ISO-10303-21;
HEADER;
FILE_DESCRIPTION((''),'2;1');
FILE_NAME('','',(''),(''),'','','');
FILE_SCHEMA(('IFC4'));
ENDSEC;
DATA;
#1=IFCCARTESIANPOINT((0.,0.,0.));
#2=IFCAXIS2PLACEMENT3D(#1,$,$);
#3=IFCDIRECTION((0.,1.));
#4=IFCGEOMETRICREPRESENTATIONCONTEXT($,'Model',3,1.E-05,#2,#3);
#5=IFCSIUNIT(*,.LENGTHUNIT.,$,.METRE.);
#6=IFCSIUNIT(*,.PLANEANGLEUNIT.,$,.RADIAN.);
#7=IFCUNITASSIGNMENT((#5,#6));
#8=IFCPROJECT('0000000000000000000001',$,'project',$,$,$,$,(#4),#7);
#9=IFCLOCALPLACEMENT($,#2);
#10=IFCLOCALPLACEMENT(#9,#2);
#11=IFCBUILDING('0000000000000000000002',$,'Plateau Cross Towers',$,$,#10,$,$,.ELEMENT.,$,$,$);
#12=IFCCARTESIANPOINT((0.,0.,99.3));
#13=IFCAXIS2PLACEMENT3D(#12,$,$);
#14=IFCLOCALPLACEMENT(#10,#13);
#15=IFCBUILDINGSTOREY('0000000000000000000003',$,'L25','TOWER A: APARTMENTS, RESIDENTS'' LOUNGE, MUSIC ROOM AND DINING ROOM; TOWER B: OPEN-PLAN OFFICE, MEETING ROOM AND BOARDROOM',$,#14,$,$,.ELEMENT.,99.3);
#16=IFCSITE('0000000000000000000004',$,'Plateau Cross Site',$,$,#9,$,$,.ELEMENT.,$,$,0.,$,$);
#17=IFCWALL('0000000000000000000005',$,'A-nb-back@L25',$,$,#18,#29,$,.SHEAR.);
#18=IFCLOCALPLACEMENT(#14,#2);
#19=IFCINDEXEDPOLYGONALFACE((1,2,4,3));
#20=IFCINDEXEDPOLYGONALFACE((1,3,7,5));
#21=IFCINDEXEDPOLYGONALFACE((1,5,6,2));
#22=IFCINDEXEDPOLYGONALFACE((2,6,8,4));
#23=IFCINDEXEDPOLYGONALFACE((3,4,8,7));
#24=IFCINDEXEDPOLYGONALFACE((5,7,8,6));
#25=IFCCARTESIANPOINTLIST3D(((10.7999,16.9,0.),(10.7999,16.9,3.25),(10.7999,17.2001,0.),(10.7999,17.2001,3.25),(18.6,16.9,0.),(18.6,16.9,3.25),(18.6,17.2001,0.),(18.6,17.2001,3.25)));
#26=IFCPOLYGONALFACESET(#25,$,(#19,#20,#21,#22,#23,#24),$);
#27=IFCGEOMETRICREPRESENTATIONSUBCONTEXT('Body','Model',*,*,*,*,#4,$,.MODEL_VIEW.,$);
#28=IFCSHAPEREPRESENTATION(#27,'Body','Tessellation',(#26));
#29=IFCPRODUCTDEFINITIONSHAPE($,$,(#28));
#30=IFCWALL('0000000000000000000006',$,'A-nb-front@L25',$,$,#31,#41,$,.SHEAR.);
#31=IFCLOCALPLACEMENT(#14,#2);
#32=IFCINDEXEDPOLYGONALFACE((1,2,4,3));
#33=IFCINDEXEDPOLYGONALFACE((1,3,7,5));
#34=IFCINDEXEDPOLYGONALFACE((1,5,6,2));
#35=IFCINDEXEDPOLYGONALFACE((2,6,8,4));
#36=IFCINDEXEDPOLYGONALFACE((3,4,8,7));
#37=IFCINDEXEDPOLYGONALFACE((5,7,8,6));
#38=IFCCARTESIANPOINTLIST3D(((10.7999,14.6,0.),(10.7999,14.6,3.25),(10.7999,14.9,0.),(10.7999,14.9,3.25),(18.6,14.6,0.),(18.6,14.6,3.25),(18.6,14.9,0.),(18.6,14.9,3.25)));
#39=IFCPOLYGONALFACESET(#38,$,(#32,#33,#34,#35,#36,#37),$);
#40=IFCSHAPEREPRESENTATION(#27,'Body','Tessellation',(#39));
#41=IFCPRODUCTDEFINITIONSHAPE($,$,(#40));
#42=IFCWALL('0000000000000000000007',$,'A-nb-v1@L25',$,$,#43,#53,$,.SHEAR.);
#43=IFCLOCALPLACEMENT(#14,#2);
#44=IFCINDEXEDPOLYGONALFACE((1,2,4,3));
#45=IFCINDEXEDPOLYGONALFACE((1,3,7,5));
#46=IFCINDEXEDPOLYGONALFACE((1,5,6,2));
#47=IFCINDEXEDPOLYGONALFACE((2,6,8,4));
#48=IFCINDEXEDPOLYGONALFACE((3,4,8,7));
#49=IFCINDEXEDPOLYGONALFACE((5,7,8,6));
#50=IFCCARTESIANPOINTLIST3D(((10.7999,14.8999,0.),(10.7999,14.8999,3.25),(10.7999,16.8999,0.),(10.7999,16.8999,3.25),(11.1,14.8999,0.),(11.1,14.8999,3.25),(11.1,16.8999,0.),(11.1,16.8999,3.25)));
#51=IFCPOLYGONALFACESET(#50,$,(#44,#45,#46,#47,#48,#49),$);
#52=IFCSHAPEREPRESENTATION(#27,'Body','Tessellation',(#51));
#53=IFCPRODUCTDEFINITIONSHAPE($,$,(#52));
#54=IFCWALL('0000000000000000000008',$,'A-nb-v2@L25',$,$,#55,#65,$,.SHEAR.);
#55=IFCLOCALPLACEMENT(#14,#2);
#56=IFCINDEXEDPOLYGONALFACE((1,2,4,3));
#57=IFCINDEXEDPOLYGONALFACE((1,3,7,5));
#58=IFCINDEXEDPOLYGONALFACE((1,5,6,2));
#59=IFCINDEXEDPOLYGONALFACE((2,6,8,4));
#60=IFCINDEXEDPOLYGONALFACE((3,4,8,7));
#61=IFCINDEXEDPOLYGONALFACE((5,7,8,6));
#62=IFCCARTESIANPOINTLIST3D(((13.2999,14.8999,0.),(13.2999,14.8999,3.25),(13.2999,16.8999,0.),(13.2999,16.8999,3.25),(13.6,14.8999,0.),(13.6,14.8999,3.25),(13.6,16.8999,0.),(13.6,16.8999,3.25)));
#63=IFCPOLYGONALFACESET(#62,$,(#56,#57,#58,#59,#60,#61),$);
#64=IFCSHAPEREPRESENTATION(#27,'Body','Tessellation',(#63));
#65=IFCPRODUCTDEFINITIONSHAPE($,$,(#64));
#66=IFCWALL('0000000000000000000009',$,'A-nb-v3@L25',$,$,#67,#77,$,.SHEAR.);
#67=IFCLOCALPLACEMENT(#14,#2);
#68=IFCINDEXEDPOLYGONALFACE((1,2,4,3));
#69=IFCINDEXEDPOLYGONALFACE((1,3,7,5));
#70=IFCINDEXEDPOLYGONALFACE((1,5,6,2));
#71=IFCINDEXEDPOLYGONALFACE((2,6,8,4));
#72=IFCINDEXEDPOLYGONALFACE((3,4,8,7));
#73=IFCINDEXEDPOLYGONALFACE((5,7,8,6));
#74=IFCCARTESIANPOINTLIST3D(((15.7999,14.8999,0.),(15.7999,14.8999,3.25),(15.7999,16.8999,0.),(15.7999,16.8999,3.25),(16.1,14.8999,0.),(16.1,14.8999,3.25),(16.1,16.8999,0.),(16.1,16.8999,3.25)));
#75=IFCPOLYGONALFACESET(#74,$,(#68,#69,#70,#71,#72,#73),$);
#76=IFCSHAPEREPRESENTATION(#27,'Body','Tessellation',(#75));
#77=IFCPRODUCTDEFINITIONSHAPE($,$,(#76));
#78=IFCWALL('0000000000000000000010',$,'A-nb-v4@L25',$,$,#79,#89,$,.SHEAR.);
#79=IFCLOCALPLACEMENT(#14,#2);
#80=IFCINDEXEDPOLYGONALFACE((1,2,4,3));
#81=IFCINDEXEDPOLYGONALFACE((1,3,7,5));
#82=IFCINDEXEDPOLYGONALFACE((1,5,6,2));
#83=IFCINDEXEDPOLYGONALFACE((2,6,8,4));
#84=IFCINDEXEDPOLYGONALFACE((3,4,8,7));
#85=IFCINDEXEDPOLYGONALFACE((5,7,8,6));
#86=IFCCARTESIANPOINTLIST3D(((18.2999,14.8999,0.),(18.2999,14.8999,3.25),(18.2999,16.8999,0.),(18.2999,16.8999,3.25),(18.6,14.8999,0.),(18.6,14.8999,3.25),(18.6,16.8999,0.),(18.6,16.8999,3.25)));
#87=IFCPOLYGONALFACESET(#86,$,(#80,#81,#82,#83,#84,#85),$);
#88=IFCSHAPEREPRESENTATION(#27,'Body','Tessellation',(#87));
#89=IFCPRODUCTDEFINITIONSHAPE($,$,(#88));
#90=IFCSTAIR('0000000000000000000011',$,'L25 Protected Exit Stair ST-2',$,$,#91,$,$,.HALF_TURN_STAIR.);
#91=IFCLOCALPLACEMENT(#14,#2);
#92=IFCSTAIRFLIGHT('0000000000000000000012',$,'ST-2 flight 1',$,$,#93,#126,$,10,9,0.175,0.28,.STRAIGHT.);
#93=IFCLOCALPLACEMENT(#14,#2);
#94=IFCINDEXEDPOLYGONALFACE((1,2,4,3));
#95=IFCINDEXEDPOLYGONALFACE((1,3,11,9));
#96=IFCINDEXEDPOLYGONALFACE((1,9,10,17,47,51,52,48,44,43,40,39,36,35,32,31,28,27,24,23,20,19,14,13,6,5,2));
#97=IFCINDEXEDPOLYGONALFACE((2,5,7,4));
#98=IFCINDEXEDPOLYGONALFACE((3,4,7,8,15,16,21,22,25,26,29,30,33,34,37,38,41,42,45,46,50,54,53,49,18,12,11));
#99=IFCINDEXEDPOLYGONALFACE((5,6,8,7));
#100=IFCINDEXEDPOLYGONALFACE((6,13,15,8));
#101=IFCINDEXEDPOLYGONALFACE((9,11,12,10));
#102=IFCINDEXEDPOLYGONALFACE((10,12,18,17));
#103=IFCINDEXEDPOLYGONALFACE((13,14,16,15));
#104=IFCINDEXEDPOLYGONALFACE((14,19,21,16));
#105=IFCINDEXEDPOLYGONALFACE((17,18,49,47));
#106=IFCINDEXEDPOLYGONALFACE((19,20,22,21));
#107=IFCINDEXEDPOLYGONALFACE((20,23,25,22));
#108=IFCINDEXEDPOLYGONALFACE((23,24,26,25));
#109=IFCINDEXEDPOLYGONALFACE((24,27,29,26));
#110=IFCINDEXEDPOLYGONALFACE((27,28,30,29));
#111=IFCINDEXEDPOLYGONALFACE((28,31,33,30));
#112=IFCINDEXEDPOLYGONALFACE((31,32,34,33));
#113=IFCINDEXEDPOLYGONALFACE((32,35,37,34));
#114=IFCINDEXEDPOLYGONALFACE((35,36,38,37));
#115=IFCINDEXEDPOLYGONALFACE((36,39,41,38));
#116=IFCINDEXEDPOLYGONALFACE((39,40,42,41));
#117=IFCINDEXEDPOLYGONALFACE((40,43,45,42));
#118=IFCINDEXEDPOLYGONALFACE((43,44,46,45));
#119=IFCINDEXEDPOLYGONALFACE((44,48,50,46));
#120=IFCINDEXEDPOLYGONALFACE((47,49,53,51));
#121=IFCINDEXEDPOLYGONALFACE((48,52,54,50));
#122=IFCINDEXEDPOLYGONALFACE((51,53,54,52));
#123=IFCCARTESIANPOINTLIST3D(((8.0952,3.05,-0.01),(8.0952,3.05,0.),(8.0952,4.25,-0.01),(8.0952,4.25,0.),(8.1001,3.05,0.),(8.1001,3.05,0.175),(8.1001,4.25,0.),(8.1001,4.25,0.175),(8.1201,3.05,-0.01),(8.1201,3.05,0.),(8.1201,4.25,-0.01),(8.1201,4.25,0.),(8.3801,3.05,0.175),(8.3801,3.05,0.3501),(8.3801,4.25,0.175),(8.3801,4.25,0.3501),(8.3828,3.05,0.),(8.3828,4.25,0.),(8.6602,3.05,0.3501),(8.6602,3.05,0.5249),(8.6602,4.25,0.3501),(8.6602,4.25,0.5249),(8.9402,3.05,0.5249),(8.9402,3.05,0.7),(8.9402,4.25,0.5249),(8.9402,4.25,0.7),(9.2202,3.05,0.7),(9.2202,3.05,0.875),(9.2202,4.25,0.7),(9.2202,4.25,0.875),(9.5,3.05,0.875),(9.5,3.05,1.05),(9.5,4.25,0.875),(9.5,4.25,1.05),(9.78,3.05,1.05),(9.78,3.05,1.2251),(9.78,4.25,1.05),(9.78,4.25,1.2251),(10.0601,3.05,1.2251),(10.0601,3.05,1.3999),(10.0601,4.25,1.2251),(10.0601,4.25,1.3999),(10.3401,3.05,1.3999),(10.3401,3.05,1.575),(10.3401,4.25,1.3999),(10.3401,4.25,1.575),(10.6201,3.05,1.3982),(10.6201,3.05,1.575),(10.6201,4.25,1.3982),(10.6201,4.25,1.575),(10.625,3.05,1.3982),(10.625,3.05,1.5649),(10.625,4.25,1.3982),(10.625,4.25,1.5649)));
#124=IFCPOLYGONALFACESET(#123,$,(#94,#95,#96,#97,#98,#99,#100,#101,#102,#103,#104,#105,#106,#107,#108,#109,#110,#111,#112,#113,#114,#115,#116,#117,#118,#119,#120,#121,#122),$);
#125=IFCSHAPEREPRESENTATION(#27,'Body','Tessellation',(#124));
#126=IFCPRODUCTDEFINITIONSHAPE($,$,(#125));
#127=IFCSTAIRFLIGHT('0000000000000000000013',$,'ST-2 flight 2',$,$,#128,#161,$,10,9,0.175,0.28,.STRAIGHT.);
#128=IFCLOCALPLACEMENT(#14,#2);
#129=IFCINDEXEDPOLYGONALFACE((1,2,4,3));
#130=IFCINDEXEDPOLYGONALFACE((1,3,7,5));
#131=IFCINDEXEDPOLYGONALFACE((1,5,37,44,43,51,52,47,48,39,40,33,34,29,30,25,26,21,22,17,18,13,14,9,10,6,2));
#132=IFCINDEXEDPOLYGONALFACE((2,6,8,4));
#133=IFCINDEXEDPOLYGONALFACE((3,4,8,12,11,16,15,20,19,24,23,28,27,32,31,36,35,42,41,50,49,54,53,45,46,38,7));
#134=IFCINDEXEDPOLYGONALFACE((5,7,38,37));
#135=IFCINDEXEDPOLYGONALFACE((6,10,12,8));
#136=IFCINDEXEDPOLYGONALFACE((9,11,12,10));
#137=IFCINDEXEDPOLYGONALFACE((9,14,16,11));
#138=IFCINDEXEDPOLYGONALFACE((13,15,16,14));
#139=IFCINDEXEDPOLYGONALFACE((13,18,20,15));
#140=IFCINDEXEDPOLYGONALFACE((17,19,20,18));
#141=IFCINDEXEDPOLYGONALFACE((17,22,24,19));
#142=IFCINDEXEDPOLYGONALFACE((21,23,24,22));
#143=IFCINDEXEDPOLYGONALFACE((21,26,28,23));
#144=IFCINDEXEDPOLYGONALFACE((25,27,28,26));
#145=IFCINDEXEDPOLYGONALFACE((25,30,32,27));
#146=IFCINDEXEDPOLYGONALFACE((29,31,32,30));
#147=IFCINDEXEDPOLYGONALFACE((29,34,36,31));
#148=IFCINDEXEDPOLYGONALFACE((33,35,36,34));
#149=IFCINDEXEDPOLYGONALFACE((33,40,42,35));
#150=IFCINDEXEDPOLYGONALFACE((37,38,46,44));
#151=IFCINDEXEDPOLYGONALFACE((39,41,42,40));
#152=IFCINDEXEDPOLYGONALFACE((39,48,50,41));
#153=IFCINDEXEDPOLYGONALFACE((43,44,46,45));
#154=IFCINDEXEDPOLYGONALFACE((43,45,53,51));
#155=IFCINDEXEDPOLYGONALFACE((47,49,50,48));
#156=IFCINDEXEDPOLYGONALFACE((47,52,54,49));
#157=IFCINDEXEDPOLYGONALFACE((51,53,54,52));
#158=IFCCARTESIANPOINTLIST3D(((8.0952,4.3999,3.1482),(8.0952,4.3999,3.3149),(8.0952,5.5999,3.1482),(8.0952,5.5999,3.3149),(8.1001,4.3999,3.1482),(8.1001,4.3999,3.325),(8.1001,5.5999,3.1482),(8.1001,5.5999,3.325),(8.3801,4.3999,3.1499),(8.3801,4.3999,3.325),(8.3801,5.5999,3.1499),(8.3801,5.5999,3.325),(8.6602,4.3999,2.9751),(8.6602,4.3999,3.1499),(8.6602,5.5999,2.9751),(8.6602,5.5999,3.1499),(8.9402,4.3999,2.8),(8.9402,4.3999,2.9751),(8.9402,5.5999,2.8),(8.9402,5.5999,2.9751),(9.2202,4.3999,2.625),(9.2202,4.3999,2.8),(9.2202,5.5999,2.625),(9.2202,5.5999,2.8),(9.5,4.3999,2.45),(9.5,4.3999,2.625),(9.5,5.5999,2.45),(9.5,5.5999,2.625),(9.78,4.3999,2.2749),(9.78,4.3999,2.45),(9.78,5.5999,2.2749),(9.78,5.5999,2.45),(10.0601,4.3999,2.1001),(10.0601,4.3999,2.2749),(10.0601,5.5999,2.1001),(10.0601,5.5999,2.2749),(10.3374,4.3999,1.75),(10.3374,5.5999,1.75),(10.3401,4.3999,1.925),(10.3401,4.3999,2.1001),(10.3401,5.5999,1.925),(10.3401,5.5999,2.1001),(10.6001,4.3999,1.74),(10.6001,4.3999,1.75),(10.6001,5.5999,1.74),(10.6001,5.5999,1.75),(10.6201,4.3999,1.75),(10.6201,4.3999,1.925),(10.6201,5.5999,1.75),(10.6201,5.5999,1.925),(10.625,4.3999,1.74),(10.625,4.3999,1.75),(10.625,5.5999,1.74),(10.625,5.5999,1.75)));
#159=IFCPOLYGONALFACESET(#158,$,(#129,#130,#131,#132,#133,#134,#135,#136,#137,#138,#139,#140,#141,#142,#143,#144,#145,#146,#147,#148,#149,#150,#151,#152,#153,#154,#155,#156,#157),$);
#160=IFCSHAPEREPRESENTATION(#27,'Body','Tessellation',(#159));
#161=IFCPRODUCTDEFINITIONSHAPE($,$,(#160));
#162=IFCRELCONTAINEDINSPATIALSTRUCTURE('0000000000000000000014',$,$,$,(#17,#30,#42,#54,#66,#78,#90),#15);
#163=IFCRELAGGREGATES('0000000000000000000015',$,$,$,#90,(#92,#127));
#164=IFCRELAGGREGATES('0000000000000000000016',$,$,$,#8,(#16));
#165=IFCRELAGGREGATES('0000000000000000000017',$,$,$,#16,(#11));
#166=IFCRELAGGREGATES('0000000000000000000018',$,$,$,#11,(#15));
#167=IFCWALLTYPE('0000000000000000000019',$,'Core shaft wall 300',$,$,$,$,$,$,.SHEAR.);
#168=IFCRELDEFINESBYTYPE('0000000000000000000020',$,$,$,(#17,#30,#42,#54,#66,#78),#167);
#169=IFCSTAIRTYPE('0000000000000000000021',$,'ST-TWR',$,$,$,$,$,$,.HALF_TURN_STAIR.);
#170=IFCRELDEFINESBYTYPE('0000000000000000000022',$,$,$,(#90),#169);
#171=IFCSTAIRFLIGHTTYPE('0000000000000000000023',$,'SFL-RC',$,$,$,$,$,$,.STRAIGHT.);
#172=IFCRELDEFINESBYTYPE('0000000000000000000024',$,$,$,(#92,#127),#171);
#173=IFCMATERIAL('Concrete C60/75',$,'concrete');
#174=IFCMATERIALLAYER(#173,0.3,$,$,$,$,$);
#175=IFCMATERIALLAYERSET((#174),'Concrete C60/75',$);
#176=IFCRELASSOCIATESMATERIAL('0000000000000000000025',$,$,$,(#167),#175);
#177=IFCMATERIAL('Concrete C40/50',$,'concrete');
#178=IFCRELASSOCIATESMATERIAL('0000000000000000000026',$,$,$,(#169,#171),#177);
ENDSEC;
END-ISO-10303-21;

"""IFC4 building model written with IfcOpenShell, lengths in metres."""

from ifc_helpers import new_model, si_unit, direction, frame, frame_2d, origin, place, context, subcontext, project, spatial, polyline, rectangle, outline, extrude, material, layer, layer_set, type_object, element, aggregate, save


model = new_model("IFC4")

# Units and contexts
model_context = context("Model", 3, precision=1e-05, world=origin(), true_north=direction((0.0, 1.0)))
body_context = subcontext(model_context, "Body", "Model", "MODEL_VIEW")
ifc_project = project(units=[si_unit("LENGTHUNIT", "METRE"), si_unit("PLANEANGLEUNIT", "RADIAN")], contexts=[model_context])

# Site, building, storey
site_placement = place(None, origin())
site = spatial("IfcSite", under=ifc_project, at=site_placement, Name="Plateau Cross Site", CompositionType="ELEMENT", RefElevation=0.0)
building_placement = place(site_placement, origin())
building = spatial("IfcBuilding", under=site, at=building_placement, Name="Plateau Cross Towers", CompositionType="ELEMENT")
storey_placement = place(building_placement, frame((0.0, 0.0, 99.3)))
storey = spatial("IfcBuildingStorey", under=building, at=storey_placement, Name="L25", Description="TOWER A: APARTMENTS, RESIDENTS' LOUNGE, MUSIC ROOM AND DINING ROOM; TOWER B: OPEN-PLAN OFFICE, MEETING ROOM AND BOARDROOM", CompositionType="ELEMENT", Elevation=99.3)

# Shared definitions
ifc_material_1 = material(Name="Concrete C60/75", Category="concrete")

# Walls
ifc_layer_1 = layer(ifc_material_1, 0.3)
ifc_layer_set_1 = layer_set([ifc_layer_1], Name="Concrete C60/75")
wall_type_1 = type_object("IfcWallType", Name="Core shaft wall 300", PredefinedType="SHEAR", material=ifc_layer_set_1)
for number, where, z_axis, x_axis, name in (
    (1, (10.8, 17.05, 0.0), (0.0, 0.0, 1.0), (1.0, 0.0, 0.0), "A-nb-back@L25"),
    (2, (10.8, 14.75, 0.0), (0.0, 0.0, 1.0), (1.0, 0.0, 0.0), "A-nb-front@L25"),
):
    element("IfcWall", number, at=place(storey_placement, frame(where, z_axis=z_axis, x_axis=x_axis)), inside=storey, type_object=wall_type_1, Name=name, PredefinedType="SHEAR", context=body_context, shape_type="SweptSolid", body=[
        extrude(rectangle(XDim=7.8, YDim=0.3, at=frame_2d((3.8999, 0.0))), origin(), (0.0, 0.0, 1.0), 3.25),
    ])
for number, where, z_axis, x_axis, name in (
    (3, (10.95, 14.8999, 0.0), (0.0, 0.0, 1.0), (0.0, 1.0, 0.0), "A-nb-v1@L25"),
    (4, (13.45, 14.8999, 0.0), (0.0, 0.0, 1.0), (0.0, 1.0, 0.0), "A-nb-v2@L25"),
    (5, (15.95, 14.8999, 0.0), (0.0, 0.0, 1.0), (0.0, 1.0, 0.0), "A-nb-v3@L25"),
    (6, (18.45, 14.8999, 0.0), (0.0, 0.0, 1.0), (0.0, 1.0, 0.0), "A-nb-v4@L25"),
):
    element("IfcWall", number, at=place(storey_placement, frame(where, z_axis=z_axis, x_axis=x_axis)), inside=storey, type_object=wall_type_1, Name=name, PredefinedType="SHEAR", context=body_context, shape_type="SweptSolid", body=[
        extrude(rectangle(XDim=2.0, YDim=0.3, at=frame_2d((1.0, 0.0))), origin(), (0.0, 0.0, 1.0), 3.25),
    ])

# Stair, stair flights
ifc_material_2 = material(Name="Concrete C40/50", Category="concrete")
stair_type = type_object("IfcStairType", Name="ST-TWR", PredefinedType="HALF_TURN_STAIR", material=ifc_material_2)
stair_placement = place(storey_placement, origin())
stair = element("IfcStair", 7, at=stair_placement, inside=storey, type_object=stair_type, Name="L25 Protected Exit Stair ST-2", PredefinedType="HALF_TURN_STAIR")
stair_flight_type = type_object("IfcStairFlightType", Name="SFL-RC", PredefinedType="STRAIGHT", material=ifc_material_2)
stair_flight_1_placement = place(storey_placement, frame((8.1001, 3.6499, 0.0), z_axis=(0.0, 0.0, 1.0), x_axis=(1.0, 0.0, 0.0)))
stair_flight_1 = element("IfcStairFlight", 8, at=stair_flight_1_placement, type_object=stair_flight_type, Name="ST-2 flight 1", NumberOfRisers=10, NumberOfTreads=9, PredefinedType="STRAIGHT", RiserHeight=0.175, TreadLength=0.28, context=body_context, shape_type="SweptSolid", body=[
    extrude(outline(polyline([(-0.0049, -0.01), (-0.0049, 0.0), (0.0, 0.0), (0.0, 0.175), (0.28, 0.175), (0.28, 0.3501), (0.5601, 0.3501), (0.5601, 0.5249), (0.8401, 0.5249), (0.8401, 0.7), (1.1201, 0.7), (1.1201, 0.875), (1.3999, 0.875), (1.3999, 1.05), (1.6799, 1.05), (1.6799, 1.2251), (1.96, 1.2251), (1.96, 1.3999), (2.24, 1.3999), (2.24, 1.575), (2.52, 1.575), (2.5249, 1.5649), (2.5249, 1.3982), (2.52, 1.3982), (0.2827, 0.0), (0.02, 0.0), (0.02, -0.01), (-0.0049, -0.01)])), frame((0.0, 0.6001, 0.0), z_axis=(0.0, -1.0, 0.0), x_axis=(1.0, 0.0, 0.0)), (0.0, 0.0, 1.0), 1.2),
])
stair_flight_2_placement = place(storey_placement, frame((10.6201, 5.0, 1.75), z_axis=(0.0, 0.0, 1.0), x_axis=(-1.0, 0.0, 0.0)))
stair_flight_2 = element("IfcStairFlight", 9, at=stair_flight_2_placement, type_object=stair_flight_type, Name="ST-2 flight 2", NumberOfRisers=10, NumberOfTreads=9, PredefinedType="STRAIGHT", RiserHeight=0.175, TreadLength=0.28, context=body_context, shape_type="SweptSolid", body=[
    extrude(outline(polyline([(-0.0049, -0.01), (-0.0049, 0.0), (0.0, 0.0), (0.0, 0.175), (0.28, 0.175), (0.28, 0.3501), (0.5601, 0.3501), (0.5601, 0.5249), (0.8401, 0.5249), (0.8401, 0.7), (1.1201, 0.7), (1.1201, 0.875), (1.3999, 0.875), (1.3999, 1.05), (1.6799, 1.05), (1.6799, 1.2251), (1.96, 1.2251), (1.96, 1.3999), (2.24, 1.3999), (2.24, 1.575), (2.52, 1.575), (2.5249, 1.5649), (2.5249, 1.3982), (2.52, 1.3982), (0.2827, 0.0), (0.02, 0.0), (0.02, -0.01), (-0.0049, -0.01)])), frame((0.0, 0.6001, 0.0), z_axis=(0.0, -1.0, 0.0), x_axis=(1.0, 0.0, 0.0)), (0.0, 0.0, 1.0), 1.2),
])
aggregate(stair, [stair_flight_1, stair_flight_2])

save(model, "model.ifc")
